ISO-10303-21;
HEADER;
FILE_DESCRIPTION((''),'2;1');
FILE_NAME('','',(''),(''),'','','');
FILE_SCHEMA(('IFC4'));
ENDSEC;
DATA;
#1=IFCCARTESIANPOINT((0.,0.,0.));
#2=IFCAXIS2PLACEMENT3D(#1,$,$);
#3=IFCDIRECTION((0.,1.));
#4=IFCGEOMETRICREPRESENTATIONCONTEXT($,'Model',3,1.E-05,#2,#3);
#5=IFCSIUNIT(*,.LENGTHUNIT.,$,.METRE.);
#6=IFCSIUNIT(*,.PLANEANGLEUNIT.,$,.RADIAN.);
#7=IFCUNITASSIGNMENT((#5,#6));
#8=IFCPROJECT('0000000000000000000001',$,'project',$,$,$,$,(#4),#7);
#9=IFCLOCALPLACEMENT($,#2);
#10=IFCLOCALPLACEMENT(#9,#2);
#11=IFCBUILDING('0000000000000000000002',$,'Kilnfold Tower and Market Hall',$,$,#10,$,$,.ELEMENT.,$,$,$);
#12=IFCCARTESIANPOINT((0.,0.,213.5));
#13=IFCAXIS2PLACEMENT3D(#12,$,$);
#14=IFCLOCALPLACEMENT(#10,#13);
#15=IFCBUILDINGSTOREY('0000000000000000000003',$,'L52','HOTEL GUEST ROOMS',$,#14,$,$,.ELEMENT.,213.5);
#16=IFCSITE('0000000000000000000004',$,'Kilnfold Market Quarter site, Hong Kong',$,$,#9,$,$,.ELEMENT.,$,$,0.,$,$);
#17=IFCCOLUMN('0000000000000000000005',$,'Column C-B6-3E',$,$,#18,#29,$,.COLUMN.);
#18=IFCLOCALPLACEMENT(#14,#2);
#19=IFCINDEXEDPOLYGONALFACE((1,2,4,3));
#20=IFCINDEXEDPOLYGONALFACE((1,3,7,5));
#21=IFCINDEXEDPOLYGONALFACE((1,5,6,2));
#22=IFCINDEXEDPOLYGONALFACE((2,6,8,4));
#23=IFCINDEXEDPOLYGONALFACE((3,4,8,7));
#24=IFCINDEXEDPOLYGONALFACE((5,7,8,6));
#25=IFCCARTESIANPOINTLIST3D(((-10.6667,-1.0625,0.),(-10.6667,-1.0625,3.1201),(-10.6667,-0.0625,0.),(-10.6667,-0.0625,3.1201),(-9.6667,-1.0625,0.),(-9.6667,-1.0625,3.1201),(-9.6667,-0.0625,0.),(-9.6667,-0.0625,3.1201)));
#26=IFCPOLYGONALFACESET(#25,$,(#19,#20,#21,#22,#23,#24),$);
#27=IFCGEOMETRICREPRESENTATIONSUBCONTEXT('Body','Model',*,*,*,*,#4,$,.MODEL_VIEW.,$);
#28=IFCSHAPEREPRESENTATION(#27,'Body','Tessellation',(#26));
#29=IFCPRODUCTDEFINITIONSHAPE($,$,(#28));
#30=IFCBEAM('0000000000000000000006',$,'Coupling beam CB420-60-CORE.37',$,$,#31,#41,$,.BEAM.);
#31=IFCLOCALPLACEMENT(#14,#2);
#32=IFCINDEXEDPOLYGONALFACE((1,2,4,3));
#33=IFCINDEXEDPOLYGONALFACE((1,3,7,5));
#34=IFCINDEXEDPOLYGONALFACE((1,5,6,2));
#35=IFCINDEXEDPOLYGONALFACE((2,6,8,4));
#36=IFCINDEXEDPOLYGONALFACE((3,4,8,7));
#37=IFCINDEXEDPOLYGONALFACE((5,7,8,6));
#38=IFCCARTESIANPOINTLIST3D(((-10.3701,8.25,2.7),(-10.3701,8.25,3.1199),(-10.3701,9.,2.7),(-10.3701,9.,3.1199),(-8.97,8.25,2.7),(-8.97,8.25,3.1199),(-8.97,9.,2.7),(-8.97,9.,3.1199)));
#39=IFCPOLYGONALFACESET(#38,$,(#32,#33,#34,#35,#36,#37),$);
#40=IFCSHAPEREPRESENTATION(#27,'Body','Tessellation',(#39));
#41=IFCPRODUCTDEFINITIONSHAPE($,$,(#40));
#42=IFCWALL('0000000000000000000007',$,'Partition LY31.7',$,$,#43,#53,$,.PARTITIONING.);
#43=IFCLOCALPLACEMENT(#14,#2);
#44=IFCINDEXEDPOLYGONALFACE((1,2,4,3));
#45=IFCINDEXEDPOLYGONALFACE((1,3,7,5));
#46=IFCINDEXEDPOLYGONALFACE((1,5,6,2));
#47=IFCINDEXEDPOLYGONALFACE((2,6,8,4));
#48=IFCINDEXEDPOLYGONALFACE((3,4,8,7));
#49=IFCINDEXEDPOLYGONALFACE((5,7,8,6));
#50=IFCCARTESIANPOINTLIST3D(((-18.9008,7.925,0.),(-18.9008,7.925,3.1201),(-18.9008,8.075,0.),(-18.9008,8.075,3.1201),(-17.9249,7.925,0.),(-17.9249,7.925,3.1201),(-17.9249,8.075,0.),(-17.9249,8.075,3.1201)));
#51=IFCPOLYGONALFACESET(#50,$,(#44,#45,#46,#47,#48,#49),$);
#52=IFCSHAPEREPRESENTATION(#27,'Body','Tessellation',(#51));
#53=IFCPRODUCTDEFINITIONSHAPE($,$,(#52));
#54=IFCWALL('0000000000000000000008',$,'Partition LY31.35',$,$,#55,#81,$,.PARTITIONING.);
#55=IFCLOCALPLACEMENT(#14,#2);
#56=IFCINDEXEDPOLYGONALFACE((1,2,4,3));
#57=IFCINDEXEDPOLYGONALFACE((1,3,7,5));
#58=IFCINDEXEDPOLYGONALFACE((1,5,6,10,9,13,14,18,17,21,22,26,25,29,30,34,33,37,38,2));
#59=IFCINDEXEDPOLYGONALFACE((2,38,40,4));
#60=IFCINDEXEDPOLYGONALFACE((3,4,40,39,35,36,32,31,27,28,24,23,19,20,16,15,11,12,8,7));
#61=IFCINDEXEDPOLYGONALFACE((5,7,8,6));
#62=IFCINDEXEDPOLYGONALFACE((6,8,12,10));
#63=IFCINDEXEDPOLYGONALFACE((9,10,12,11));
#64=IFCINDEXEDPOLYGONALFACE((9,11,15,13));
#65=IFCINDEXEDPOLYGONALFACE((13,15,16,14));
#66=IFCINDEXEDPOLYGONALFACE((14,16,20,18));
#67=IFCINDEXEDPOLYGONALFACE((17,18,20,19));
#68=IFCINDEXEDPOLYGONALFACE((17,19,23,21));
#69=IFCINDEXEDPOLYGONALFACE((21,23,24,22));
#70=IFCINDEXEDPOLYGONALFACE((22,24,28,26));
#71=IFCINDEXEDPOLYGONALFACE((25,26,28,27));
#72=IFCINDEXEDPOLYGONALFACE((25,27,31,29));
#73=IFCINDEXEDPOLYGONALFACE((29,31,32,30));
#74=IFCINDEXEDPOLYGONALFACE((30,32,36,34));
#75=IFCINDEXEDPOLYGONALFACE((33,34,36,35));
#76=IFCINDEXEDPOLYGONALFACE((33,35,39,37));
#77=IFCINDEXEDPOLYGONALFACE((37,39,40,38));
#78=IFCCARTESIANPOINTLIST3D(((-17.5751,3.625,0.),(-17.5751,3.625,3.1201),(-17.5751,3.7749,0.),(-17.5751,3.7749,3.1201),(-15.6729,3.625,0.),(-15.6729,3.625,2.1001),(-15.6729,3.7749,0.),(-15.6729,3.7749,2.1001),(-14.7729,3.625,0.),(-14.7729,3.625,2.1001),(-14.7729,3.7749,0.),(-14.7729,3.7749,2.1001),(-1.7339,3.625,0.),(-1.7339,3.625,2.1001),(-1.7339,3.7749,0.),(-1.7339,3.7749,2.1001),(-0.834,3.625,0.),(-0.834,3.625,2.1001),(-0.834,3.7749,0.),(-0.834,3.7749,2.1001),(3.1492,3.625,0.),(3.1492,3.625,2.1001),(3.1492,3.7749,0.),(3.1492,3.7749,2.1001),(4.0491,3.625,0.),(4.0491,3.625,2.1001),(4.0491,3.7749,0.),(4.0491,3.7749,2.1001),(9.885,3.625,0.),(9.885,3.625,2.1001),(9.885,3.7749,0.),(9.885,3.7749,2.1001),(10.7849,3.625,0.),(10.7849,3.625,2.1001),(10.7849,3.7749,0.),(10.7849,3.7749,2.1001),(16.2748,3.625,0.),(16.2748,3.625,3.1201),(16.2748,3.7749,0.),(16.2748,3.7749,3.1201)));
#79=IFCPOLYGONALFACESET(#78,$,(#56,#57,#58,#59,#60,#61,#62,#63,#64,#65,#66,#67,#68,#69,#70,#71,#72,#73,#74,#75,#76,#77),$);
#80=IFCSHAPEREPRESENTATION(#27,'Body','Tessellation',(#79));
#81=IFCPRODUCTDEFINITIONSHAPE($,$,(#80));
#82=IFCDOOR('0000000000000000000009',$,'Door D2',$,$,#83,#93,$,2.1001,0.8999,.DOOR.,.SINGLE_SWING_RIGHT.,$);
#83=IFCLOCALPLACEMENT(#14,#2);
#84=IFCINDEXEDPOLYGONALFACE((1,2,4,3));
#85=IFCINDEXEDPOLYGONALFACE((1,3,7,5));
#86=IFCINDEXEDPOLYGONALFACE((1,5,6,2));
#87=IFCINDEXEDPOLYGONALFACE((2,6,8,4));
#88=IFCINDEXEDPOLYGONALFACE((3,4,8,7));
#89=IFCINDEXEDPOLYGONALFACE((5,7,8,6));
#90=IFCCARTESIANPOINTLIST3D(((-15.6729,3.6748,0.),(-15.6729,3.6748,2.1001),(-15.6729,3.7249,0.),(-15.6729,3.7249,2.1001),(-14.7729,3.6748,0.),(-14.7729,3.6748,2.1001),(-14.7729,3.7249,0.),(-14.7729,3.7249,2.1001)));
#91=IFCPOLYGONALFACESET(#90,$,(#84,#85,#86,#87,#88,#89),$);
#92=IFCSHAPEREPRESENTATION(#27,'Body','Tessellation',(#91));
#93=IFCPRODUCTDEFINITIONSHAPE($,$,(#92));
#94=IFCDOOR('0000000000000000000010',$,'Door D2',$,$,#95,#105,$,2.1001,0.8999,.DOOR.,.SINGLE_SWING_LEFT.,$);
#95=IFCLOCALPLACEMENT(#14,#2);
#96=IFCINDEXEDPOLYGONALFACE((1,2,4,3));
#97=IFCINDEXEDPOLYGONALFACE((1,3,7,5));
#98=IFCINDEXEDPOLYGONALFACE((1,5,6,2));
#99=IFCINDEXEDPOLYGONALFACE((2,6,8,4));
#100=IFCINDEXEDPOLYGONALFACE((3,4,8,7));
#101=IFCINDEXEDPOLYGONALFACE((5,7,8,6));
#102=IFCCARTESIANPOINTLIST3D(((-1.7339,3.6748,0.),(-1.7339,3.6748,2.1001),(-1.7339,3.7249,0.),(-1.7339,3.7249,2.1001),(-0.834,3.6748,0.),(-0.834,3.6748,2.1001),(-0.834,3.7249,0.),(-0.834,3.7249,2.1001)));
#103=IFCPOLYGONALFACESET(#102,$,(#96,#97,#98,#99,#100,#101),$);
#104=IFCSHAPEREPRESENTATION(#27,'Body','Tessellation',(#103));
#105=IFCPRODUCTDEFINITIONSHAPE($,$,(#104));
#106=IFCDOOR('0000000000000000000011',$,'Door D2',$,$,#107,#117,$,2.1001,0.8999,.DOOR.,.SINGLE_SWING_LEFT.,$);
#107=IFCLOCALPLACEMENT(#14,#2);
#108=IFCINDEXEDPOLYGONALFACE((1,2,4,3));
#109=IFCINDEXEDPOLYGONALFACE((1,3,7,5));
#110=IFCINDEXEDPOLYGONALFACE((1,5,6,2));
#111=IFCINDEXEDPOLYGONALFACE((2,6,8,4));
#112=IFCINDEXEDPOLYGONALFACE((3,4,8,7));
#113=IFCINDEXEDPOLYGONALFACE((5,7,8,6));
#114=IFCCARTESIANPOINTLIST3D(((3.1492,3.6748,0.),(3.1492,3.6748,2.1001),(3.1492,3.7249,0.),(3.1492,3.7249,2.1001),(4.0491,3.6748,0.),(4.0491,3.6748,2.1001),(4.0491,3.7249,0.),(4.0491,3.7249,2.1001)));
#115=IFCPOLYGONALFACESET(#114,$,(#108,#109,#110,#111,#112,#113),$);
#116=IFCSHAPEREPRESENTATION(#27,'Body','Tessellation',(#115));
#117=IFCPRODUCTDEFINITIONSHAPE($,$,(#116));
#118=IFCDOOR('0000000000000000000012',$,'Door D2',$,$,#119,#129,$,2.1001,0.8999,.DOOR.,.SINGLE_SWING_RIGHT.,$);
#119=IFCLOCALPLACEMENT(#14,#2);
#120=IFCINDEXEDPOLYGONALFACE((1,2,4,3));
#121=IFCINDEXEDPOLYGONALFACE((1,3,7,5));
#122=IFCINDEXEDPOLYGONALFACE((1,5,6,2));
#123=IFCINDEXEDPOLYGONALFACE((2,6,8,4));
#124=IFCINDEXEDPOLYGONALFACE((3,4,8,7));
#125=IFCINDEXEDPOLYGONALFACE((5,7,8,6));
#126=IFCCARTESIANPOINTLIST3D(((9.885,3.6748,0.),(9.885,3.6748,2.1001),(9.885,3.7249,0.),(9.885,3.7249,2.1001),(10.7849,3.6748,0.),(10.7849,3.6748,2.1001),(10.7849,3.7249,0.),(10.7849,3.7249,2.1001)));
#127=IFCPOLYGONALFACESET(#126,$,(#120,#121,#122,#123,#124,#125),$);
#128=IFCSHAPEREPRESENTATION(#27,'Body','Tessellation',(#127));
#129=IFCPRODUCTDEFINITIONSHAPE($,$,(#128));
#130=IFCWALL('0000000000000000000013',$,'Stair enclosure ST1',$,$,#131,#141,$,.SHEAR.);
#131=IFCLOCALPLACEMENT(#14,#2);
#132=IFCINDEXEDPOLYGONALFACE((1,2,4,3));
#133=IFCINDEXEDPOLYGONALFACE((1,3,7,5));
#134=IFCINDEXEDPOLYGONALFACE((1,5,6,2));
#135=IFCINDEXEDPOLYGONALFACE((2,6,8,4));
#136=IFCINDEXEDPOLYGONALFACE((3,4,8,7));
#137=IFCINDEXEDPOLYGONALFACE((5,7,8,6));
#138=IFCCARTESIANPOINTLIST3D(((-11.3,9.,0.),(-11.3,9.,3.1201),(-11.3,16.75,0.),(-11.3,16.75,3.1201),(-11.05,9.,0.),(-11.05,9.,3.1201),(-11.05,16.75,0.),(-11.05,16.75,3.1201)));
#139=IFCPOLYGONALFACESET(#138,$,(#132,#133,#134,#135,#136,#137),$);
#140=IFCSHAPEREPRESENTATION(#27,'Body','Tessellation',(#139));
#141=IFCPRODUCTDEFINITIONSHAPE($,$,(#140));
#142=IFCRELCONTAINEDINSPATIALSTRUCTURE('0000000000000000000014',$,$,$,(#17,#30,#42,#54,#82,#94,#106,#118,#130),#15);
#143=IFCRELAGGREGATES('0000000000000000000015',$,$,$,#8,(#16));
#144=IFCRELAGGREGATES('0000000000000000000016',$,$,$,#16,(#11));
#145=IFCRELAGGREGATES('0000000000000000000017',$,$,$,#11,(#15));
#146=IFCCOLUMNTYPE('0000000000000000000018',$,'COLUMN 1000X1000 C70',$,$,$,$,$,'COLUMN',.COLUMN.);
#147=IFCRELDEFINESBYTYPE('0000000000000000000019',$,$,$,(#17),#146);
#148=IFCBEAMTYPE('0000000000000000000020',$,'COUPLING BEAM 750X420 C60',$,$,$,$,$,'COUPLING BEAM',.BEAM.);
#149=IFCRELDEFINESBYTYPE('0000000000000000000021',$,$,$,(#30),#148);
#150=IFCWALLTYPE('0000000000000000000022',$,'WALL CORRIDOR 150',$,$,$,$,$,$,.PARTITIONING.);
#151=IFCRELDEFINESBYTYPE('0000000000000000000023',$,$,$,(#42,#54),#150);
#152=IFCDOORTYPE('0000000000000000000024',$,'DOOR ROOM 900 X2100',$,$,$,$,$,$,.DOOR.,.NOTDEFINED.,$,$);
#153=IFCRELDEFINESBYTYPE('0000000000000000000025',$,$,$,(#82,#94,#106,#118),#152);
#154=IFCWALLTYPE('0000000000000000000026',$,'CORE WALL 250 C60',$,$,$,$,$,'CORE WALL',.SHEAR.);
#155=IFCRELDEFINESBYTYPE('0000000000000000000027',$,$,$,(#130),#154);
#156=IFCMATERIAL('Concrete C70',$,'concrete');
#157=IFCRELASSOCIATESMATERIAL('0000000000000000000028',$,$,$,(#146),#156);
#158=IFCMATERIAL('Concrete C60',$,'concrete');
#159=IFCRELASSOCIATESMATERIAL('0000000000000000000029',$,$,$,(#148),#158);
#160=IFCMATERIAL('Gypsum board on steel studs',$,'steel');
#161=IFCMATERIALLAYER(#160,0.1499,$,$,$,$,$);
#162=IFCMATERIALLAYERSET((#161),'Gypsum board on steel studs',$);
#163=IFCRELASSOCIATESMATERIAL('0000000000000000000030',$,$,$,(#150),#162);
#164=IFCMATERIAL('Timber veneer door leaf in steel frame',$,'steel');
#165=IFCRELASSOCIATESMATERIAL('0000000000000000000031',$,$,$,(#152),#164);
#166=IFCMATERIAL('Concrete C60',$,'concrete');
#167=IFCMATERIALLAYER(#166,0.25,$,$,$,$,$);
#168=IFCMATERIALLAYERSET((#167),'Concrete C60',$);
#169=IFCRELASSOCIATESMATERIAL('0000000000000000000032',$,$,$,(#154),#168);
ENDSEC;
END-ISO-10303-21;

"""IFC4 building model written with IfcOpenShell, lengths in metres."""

from ifc_helpers import new_model, si_unit, direction, frame, frame_2d, origin, origin_2d, place, context, subcontext, project, spatial, rectangle, extrude, source, transform, mapped, material, layer, layer_set, material_profile, profile_set, type_object, element, fill, save


model = new_model("IFC4")

# Units and contexts
model_context = context("Model", 3, precision=1e-05, world=origin(), true_north=direction((0.0, 1.0)))
body_context = subcontext(model_context, "Body", "Model", "MODEL_VIEW")
ifc_project = project(units=[si_unit("LENGTHUNIT", "METRE"), si_unit("PLANEANGLEUNIT", "RADIAN")], contexts=[model_context])

# Site, building, storey
site_placement = place(None, origin())
site = spatial("IfcSite", under=ifc_project, at=site_placement, Name="Kilnfold Market Quarter site, Hong Kong", CompositionType="ELEMENT", RefElevation=0.0)
building_placement = place(site_placement, origin())
building = spatial("IfcBuilding", under=site, at=building_placement, Name="Kilnfold Tower and Market Hall", CompositionType="ELEMENT")
storey_placement = place(building_placement, frame((0.0, 0.0, 213.5)))
storey = spatial("IfcBuildingStorey", under=building, at=storey_placement, Name="L52", Description="HOTEL GUEST ROOMS", CompositionType="ELEMENT", Elevation=213.5)

# Column
ifc_material_1 = material(Name="Concrete C70", Category="concrete")
ifc_material_profile_1 = material_profile(ifc_material_1, rectangle(XDim=1.0, YDim=1.0, at=origin_2d()), Name="RC 1000x1000")
ifc_profile_set_1 = profile_set([ifc_material_profile_1], Name="Concrete C70")
column_type = type_object("IfcColumnType", Name="COLUMN 1000X1000 C70", ElementType="COLUMN", PredefinedType="COLUMN", material=ifc_profile_set_1)
shared_shape_1 = source(origin(), body_context, "Body", "SweptSolid", [
    extrude(rectangle(XDim=1.0, YDim=1.0, at=origin_2d()), origin(), (0.0, 0.0, 1.0), 3.1201),
])
column_placement = place(storey_placement, frame((-10.1667, -0.5625, 0.0), z_axis=(0.0, 0.0, 1.0), x_axis=(1.0, 0.0, 0.0)))
element("IfcColumn", 1, at=column_placement, inside=storey, type_object=column_type, Name="Column C-B6-3E", PredefinedType="COLUMN", context=body_context, shape_type="MappedRepresentation", body=[
    mapped(shared_shape_1, transform((0.0, 0.0, 0.0))),
])

# Beam
ifc_material_2 = material(Name="Concrete C60", Category="concrete")
ifc_material_profile_2 = material_profile(ifc_material_2, rectangle(XDim=0.75, YDim=0.4199, at=origin_2d()), Name="RC 750x420")
ifc_profile_set_2 = profile_set([ifc_material_profile_2], Name="Concrete C60")
beam_type = type_object("IfcBeamType", Name="COUPLING BEAM 750X420 C60", ElementType="COUPLING BEAM", PredefinedType="BEAM", material=ifc_profile_set_2)
shared_shape_2 = source(origin(), body_context, "Body", "SweptSolid", [
    extrude(rectangle(XDim=0.75, YDim=0.4199, at=origin_2d()), origin(), (0.0, 0.0, 1.0), 1.4001),
])
beam_placement = place(storey_placement, frame((-10.3701, 8.625, 2.9099), z_axis=(1.0, 0.0, 0.0), x_axis=(0.0, 1.0, 0.0)))
element("IfcBeam", 2, at=beam_placement, inside=storey, type_object=beam_type, Name="Coupling beam CB420-60-CORE.37", PredefinedType="BEAM", context=body_context, shape_type="MappedRepresentation", body=[
    mapped(shared_shape_2, transform((0.0, 0.0, 0.0))),
])

# Wall
ifc_material_3 = material(Name="Gypsum board on steel studs", Category="steel")
ifc_layer_1 = layer(ifc_material_3, 0.1499)
ifc_layer_set_1 = layer_set([ifc_layer_1], Name="Gypsum board on steel studs")
wall_type_1 = type_object("IfcWallType", Name="WALL CORRIDOR 150", PredefinedType="PARTITIONING", material=ifc_layer_set_1)
wall_1_placement = place(storey_placement, frame((-17.925, 8.0, 0.0), z_axis=(0.0, 0.0, 1.0), x_axis=(-1.0, 0.0, 0.0)))
element("IfcWall", 3, at=wall_1_placement, inside=storey, type_object=wall_type_1, Name="Partition LY31.7", PredefinedType="PARTITIONING", context=body_context, shape_type="SweptSolid", body=[
    extrude(rectangle(XDim=0.9758, YDim=0.1499, at=frame_2d((0.4878, 0.0))), origin(), (0.0, 0.0, 1.0), 3.1201),
])

# Wall, openings, doors
wall_2_placement = place(storey_placement, frame((-17.575, 3.7, 0.0), z_axis=(0.0, 0.0, 1.0), x_axis=(1.0, 0.0, 0.0)))
wall_2 = element("IfcWall", 4, at=wall_2_placement, inside=storey, type_object=wall_type_1, Name="Partition LY31.35", PredefinedType="PARTITIONING", context=body_context, shape_type="SweptSolid", body=[
    extrude(rectangle(XDim=33.8499, YDim=0.1499, at=frame_2d((16.9248, 0.0))), origin(), (0.0, 0.0, 1.0), 3.1201),
])
opening_1_placement = place(wall_2_placement, frame((1.9021, 0.0, 0.0)))
opening_1 = element("IfcOpeningElement", 5, at=opening_1_placement, cuts=wall_2, PredefinedType="OPENING", context=body_context, shape_type="SweptSolid", body=[
    extrude(rectangle(XDim=0.8999, YDim=2.1001, at=frame_2d((0.45, 1.05))), frame((0.0, 0.085, 0.0), z_axis=(0.0, -1.0, 0.0), x_axis=(1.0, 0.0, 0.0)), (0.0, 0.0, 1.0), 0.1699),
])
opening_2_placement = place(wall_2_placement, frame((15.8411, 0.0, 0.0)))
opening_2 = element("IfcOpeningElement", 6, at=opening_2_placement, cuts=wall_2, PredefinedType="OPENING", context=body_context, shape_type="SweptSolid", body=[
    extrude(rectangle(XDim=0.8999, YDim=2.1001, at=frame_2d((0.45, 1.05))), frame((0.0, 0.085, 0.0), z_axis=(0.0, -1.0, 0.0), x_axis=(1.0, 0.0, 0.0)), (0.0, 0.0, 1.0), 0.1699),
])
opening_3_placement = place(wall_2_placement, frame((20.7241, 0.0, 0.0)))
opening_3 = element("IfcOpeningElement", 7, at=opening_3_placement, cuts=wall_2, PredefinedType="OPENING", context=body_context, shape_type="SweptSolid", body=[
    extrude(rectangle(XDim=0.8999, YDim=2.1001, at=frame_2d((0.45, 1.05))), frame((0.0, 0.085, 0.0), z_axis=(0.0, -1.0, 0.0), x_axis=(1.0, 0.0, 0.0)), (0.0, 0.0, 1.0), 0.1699),
])
opening_4_placement = place(wall_2_placement, frame((27.46, 0.0, 0.0)))
opening_4 = element("IfcOpeningElement", 8, at=opening_4_placement, cuts=wall_2, PredefinedType="OPENING", context=body_context, shape_type="SweptSolid", body=[
    extrude(rectangle(XDim=0.8999, YDim=2.1001, at=frame_2d((0.45, 1.05))), frame((0.0, 0.085, 0.0), z_axis=(0.0, -1.0, 0.0), x_axis=(1.0, 0.0, 0.0)), (0.0, 0.0, 1.0), 0.1699),
])
ifc_material_4 = material(Name="Timber veneer door leaf in steel frame", Category="steel")
door_type_1 = type_object("IfcDoorType", Name="DOOR ROOM 900 X2100", OperationType="NOTDEFINED", PredefinedType="DOOR", material=ifc_material_4)
door_1_placement = place(opening_1_placement, origin())
door_1 = element("IfcDoor", 9, at=door_1_placement, inside=storey, type_object=door_type_1, Name="Door D2", OperationType="SINGLE_SWING_RIGHT", OverallHeight=2.1001, OverallWidth=0.8999, PredefinedType="DOOR", context=body_context, shape_type="SweptSolid", body=[
    extrude(rectangle(XDim=0.8999, YDim=2.1001, at=frame_2d((0.45, 1.05))), frame((0.0, 0.0249, 0.0), z_axis=(0.0, -1.0, 0.0), x_axis=(1.0, 0.0, 0.0)), (0.0, 0.0, 1.0), 0.05),
])
fill(opening_1, door_1)
door_2_placement = place(opening_2_placement, origin())
door_2 = element("IfcDoor", 10, at=door_2_placement, inside=storey, type_object=door_type_1, Name="Door D2", OperationType="SINGLE_SWING_LEFT", OverallHeight=2.1001, OverallWidth=0.8999, PredefinedType="DOOR", context=body_context, shape_type="SweptSolid", body=[
    extrude(rectangle(XDim=0.8999, YDim=2.1001, at=frame_2d((0.45, 1.05))), frame((0.0, 0.0249, 0.0), z_axis=(0.0, -1.0, 0.0), x_axis=(1.0, 0.0, 0.0)), (0.0, 0.0, 1.0), 0.05),
])
fill(opening_2, door_2)
door_3_placement = place(opening_3_placement, origin())
door_3 = element("IfcDoor", 11, at=door_3_placement, inside=storey, type_object=door_type_1, Name="Door D2", OperationType="SINGLE_SWING_LEFT", OverallHeight=2.1001, OverallWidth=0.8999, PredefinedType="DOOR", context=body_context, shape_type="SweptSolid", body=[
    extrude(rectangle(XDim=0.8999, YDim=2.1001, at=frame_2d((0.45, 1.05))), frame((0.0, 0.0249, 0.0), z_axis=(0.0, -1.0, 0.0), x_axis=(1.0, 0.0, 0.0)), (0.0, 0.0, 1.0), 0.05),
])
fill(opening_3, door_3)
door_4_placement = place(opening_4_placement, origin())
door_4 = element("IfcDoor", 12, at=door_4_placement, inside=storey, type_object=door_type_1, Name="Door D2", OperationType="SINGLE_SWING_RIGHT", OverallHeight=2.1001, OverallWidth=0.8999, PredefinedType="DOOR", context=body_context, shape_type="SweptSolid", body=[
    extrude(rectangle(XDim=0.8999, YDim=2.1001, at=frame_2d((0.45, 1.05))), frame((0.0, 0.0249, 0.0), z_axis=(0.0, -1.0, 0.0), x_axis=(1.0, 0.0, 0.0)), (0.0, 0.0, 1.0), 0.05),
])
fill(opening_4, door_4)

# Wall
ifc_material_5 = material(Name="Concrete C60", Category="concrete")
ifc_layer_2 = layer(ifc_material_5, 0.25)
ifc_layer_set_2 = layer_set([ifc_layer_2], Name="Concrete C60")
wall_type_2 = type_object("IfcWallType", Name="CORE WALL 250 C60", ElementType="CORE WALL", PredefinedType="SHEAR", material=ifc_layer_set_2)
shared_shape_3 = source(origin(), body_context, "Body", "SweptSolid", [
    extrude(rectangle(XDim=7.75, YDim=0.25, at=frame_2d((3.875, 0.0))), origin(), (0.0, 0.0, 1.0), 3.1201),
])
wall_3_placement = place(storey_placement, frame((-11.175, 9.0, 0.0), z_axis=(0.0, 0.0, 1.0), x_axis=(0.0, 1.0, 0.0)))
element("IfcWall", 13, at=wall_3_placement, inside=storey, type_object=wall_type_2, Name="Stair enclosure ST1", PredefinedType="SHEAR", context=body_context, shape_type="MappedRepresentation", body=[
    mapped(shared_shape_3, transform((0.0, 0.0, 0.0))),
])

save(model, "model.ifc")
